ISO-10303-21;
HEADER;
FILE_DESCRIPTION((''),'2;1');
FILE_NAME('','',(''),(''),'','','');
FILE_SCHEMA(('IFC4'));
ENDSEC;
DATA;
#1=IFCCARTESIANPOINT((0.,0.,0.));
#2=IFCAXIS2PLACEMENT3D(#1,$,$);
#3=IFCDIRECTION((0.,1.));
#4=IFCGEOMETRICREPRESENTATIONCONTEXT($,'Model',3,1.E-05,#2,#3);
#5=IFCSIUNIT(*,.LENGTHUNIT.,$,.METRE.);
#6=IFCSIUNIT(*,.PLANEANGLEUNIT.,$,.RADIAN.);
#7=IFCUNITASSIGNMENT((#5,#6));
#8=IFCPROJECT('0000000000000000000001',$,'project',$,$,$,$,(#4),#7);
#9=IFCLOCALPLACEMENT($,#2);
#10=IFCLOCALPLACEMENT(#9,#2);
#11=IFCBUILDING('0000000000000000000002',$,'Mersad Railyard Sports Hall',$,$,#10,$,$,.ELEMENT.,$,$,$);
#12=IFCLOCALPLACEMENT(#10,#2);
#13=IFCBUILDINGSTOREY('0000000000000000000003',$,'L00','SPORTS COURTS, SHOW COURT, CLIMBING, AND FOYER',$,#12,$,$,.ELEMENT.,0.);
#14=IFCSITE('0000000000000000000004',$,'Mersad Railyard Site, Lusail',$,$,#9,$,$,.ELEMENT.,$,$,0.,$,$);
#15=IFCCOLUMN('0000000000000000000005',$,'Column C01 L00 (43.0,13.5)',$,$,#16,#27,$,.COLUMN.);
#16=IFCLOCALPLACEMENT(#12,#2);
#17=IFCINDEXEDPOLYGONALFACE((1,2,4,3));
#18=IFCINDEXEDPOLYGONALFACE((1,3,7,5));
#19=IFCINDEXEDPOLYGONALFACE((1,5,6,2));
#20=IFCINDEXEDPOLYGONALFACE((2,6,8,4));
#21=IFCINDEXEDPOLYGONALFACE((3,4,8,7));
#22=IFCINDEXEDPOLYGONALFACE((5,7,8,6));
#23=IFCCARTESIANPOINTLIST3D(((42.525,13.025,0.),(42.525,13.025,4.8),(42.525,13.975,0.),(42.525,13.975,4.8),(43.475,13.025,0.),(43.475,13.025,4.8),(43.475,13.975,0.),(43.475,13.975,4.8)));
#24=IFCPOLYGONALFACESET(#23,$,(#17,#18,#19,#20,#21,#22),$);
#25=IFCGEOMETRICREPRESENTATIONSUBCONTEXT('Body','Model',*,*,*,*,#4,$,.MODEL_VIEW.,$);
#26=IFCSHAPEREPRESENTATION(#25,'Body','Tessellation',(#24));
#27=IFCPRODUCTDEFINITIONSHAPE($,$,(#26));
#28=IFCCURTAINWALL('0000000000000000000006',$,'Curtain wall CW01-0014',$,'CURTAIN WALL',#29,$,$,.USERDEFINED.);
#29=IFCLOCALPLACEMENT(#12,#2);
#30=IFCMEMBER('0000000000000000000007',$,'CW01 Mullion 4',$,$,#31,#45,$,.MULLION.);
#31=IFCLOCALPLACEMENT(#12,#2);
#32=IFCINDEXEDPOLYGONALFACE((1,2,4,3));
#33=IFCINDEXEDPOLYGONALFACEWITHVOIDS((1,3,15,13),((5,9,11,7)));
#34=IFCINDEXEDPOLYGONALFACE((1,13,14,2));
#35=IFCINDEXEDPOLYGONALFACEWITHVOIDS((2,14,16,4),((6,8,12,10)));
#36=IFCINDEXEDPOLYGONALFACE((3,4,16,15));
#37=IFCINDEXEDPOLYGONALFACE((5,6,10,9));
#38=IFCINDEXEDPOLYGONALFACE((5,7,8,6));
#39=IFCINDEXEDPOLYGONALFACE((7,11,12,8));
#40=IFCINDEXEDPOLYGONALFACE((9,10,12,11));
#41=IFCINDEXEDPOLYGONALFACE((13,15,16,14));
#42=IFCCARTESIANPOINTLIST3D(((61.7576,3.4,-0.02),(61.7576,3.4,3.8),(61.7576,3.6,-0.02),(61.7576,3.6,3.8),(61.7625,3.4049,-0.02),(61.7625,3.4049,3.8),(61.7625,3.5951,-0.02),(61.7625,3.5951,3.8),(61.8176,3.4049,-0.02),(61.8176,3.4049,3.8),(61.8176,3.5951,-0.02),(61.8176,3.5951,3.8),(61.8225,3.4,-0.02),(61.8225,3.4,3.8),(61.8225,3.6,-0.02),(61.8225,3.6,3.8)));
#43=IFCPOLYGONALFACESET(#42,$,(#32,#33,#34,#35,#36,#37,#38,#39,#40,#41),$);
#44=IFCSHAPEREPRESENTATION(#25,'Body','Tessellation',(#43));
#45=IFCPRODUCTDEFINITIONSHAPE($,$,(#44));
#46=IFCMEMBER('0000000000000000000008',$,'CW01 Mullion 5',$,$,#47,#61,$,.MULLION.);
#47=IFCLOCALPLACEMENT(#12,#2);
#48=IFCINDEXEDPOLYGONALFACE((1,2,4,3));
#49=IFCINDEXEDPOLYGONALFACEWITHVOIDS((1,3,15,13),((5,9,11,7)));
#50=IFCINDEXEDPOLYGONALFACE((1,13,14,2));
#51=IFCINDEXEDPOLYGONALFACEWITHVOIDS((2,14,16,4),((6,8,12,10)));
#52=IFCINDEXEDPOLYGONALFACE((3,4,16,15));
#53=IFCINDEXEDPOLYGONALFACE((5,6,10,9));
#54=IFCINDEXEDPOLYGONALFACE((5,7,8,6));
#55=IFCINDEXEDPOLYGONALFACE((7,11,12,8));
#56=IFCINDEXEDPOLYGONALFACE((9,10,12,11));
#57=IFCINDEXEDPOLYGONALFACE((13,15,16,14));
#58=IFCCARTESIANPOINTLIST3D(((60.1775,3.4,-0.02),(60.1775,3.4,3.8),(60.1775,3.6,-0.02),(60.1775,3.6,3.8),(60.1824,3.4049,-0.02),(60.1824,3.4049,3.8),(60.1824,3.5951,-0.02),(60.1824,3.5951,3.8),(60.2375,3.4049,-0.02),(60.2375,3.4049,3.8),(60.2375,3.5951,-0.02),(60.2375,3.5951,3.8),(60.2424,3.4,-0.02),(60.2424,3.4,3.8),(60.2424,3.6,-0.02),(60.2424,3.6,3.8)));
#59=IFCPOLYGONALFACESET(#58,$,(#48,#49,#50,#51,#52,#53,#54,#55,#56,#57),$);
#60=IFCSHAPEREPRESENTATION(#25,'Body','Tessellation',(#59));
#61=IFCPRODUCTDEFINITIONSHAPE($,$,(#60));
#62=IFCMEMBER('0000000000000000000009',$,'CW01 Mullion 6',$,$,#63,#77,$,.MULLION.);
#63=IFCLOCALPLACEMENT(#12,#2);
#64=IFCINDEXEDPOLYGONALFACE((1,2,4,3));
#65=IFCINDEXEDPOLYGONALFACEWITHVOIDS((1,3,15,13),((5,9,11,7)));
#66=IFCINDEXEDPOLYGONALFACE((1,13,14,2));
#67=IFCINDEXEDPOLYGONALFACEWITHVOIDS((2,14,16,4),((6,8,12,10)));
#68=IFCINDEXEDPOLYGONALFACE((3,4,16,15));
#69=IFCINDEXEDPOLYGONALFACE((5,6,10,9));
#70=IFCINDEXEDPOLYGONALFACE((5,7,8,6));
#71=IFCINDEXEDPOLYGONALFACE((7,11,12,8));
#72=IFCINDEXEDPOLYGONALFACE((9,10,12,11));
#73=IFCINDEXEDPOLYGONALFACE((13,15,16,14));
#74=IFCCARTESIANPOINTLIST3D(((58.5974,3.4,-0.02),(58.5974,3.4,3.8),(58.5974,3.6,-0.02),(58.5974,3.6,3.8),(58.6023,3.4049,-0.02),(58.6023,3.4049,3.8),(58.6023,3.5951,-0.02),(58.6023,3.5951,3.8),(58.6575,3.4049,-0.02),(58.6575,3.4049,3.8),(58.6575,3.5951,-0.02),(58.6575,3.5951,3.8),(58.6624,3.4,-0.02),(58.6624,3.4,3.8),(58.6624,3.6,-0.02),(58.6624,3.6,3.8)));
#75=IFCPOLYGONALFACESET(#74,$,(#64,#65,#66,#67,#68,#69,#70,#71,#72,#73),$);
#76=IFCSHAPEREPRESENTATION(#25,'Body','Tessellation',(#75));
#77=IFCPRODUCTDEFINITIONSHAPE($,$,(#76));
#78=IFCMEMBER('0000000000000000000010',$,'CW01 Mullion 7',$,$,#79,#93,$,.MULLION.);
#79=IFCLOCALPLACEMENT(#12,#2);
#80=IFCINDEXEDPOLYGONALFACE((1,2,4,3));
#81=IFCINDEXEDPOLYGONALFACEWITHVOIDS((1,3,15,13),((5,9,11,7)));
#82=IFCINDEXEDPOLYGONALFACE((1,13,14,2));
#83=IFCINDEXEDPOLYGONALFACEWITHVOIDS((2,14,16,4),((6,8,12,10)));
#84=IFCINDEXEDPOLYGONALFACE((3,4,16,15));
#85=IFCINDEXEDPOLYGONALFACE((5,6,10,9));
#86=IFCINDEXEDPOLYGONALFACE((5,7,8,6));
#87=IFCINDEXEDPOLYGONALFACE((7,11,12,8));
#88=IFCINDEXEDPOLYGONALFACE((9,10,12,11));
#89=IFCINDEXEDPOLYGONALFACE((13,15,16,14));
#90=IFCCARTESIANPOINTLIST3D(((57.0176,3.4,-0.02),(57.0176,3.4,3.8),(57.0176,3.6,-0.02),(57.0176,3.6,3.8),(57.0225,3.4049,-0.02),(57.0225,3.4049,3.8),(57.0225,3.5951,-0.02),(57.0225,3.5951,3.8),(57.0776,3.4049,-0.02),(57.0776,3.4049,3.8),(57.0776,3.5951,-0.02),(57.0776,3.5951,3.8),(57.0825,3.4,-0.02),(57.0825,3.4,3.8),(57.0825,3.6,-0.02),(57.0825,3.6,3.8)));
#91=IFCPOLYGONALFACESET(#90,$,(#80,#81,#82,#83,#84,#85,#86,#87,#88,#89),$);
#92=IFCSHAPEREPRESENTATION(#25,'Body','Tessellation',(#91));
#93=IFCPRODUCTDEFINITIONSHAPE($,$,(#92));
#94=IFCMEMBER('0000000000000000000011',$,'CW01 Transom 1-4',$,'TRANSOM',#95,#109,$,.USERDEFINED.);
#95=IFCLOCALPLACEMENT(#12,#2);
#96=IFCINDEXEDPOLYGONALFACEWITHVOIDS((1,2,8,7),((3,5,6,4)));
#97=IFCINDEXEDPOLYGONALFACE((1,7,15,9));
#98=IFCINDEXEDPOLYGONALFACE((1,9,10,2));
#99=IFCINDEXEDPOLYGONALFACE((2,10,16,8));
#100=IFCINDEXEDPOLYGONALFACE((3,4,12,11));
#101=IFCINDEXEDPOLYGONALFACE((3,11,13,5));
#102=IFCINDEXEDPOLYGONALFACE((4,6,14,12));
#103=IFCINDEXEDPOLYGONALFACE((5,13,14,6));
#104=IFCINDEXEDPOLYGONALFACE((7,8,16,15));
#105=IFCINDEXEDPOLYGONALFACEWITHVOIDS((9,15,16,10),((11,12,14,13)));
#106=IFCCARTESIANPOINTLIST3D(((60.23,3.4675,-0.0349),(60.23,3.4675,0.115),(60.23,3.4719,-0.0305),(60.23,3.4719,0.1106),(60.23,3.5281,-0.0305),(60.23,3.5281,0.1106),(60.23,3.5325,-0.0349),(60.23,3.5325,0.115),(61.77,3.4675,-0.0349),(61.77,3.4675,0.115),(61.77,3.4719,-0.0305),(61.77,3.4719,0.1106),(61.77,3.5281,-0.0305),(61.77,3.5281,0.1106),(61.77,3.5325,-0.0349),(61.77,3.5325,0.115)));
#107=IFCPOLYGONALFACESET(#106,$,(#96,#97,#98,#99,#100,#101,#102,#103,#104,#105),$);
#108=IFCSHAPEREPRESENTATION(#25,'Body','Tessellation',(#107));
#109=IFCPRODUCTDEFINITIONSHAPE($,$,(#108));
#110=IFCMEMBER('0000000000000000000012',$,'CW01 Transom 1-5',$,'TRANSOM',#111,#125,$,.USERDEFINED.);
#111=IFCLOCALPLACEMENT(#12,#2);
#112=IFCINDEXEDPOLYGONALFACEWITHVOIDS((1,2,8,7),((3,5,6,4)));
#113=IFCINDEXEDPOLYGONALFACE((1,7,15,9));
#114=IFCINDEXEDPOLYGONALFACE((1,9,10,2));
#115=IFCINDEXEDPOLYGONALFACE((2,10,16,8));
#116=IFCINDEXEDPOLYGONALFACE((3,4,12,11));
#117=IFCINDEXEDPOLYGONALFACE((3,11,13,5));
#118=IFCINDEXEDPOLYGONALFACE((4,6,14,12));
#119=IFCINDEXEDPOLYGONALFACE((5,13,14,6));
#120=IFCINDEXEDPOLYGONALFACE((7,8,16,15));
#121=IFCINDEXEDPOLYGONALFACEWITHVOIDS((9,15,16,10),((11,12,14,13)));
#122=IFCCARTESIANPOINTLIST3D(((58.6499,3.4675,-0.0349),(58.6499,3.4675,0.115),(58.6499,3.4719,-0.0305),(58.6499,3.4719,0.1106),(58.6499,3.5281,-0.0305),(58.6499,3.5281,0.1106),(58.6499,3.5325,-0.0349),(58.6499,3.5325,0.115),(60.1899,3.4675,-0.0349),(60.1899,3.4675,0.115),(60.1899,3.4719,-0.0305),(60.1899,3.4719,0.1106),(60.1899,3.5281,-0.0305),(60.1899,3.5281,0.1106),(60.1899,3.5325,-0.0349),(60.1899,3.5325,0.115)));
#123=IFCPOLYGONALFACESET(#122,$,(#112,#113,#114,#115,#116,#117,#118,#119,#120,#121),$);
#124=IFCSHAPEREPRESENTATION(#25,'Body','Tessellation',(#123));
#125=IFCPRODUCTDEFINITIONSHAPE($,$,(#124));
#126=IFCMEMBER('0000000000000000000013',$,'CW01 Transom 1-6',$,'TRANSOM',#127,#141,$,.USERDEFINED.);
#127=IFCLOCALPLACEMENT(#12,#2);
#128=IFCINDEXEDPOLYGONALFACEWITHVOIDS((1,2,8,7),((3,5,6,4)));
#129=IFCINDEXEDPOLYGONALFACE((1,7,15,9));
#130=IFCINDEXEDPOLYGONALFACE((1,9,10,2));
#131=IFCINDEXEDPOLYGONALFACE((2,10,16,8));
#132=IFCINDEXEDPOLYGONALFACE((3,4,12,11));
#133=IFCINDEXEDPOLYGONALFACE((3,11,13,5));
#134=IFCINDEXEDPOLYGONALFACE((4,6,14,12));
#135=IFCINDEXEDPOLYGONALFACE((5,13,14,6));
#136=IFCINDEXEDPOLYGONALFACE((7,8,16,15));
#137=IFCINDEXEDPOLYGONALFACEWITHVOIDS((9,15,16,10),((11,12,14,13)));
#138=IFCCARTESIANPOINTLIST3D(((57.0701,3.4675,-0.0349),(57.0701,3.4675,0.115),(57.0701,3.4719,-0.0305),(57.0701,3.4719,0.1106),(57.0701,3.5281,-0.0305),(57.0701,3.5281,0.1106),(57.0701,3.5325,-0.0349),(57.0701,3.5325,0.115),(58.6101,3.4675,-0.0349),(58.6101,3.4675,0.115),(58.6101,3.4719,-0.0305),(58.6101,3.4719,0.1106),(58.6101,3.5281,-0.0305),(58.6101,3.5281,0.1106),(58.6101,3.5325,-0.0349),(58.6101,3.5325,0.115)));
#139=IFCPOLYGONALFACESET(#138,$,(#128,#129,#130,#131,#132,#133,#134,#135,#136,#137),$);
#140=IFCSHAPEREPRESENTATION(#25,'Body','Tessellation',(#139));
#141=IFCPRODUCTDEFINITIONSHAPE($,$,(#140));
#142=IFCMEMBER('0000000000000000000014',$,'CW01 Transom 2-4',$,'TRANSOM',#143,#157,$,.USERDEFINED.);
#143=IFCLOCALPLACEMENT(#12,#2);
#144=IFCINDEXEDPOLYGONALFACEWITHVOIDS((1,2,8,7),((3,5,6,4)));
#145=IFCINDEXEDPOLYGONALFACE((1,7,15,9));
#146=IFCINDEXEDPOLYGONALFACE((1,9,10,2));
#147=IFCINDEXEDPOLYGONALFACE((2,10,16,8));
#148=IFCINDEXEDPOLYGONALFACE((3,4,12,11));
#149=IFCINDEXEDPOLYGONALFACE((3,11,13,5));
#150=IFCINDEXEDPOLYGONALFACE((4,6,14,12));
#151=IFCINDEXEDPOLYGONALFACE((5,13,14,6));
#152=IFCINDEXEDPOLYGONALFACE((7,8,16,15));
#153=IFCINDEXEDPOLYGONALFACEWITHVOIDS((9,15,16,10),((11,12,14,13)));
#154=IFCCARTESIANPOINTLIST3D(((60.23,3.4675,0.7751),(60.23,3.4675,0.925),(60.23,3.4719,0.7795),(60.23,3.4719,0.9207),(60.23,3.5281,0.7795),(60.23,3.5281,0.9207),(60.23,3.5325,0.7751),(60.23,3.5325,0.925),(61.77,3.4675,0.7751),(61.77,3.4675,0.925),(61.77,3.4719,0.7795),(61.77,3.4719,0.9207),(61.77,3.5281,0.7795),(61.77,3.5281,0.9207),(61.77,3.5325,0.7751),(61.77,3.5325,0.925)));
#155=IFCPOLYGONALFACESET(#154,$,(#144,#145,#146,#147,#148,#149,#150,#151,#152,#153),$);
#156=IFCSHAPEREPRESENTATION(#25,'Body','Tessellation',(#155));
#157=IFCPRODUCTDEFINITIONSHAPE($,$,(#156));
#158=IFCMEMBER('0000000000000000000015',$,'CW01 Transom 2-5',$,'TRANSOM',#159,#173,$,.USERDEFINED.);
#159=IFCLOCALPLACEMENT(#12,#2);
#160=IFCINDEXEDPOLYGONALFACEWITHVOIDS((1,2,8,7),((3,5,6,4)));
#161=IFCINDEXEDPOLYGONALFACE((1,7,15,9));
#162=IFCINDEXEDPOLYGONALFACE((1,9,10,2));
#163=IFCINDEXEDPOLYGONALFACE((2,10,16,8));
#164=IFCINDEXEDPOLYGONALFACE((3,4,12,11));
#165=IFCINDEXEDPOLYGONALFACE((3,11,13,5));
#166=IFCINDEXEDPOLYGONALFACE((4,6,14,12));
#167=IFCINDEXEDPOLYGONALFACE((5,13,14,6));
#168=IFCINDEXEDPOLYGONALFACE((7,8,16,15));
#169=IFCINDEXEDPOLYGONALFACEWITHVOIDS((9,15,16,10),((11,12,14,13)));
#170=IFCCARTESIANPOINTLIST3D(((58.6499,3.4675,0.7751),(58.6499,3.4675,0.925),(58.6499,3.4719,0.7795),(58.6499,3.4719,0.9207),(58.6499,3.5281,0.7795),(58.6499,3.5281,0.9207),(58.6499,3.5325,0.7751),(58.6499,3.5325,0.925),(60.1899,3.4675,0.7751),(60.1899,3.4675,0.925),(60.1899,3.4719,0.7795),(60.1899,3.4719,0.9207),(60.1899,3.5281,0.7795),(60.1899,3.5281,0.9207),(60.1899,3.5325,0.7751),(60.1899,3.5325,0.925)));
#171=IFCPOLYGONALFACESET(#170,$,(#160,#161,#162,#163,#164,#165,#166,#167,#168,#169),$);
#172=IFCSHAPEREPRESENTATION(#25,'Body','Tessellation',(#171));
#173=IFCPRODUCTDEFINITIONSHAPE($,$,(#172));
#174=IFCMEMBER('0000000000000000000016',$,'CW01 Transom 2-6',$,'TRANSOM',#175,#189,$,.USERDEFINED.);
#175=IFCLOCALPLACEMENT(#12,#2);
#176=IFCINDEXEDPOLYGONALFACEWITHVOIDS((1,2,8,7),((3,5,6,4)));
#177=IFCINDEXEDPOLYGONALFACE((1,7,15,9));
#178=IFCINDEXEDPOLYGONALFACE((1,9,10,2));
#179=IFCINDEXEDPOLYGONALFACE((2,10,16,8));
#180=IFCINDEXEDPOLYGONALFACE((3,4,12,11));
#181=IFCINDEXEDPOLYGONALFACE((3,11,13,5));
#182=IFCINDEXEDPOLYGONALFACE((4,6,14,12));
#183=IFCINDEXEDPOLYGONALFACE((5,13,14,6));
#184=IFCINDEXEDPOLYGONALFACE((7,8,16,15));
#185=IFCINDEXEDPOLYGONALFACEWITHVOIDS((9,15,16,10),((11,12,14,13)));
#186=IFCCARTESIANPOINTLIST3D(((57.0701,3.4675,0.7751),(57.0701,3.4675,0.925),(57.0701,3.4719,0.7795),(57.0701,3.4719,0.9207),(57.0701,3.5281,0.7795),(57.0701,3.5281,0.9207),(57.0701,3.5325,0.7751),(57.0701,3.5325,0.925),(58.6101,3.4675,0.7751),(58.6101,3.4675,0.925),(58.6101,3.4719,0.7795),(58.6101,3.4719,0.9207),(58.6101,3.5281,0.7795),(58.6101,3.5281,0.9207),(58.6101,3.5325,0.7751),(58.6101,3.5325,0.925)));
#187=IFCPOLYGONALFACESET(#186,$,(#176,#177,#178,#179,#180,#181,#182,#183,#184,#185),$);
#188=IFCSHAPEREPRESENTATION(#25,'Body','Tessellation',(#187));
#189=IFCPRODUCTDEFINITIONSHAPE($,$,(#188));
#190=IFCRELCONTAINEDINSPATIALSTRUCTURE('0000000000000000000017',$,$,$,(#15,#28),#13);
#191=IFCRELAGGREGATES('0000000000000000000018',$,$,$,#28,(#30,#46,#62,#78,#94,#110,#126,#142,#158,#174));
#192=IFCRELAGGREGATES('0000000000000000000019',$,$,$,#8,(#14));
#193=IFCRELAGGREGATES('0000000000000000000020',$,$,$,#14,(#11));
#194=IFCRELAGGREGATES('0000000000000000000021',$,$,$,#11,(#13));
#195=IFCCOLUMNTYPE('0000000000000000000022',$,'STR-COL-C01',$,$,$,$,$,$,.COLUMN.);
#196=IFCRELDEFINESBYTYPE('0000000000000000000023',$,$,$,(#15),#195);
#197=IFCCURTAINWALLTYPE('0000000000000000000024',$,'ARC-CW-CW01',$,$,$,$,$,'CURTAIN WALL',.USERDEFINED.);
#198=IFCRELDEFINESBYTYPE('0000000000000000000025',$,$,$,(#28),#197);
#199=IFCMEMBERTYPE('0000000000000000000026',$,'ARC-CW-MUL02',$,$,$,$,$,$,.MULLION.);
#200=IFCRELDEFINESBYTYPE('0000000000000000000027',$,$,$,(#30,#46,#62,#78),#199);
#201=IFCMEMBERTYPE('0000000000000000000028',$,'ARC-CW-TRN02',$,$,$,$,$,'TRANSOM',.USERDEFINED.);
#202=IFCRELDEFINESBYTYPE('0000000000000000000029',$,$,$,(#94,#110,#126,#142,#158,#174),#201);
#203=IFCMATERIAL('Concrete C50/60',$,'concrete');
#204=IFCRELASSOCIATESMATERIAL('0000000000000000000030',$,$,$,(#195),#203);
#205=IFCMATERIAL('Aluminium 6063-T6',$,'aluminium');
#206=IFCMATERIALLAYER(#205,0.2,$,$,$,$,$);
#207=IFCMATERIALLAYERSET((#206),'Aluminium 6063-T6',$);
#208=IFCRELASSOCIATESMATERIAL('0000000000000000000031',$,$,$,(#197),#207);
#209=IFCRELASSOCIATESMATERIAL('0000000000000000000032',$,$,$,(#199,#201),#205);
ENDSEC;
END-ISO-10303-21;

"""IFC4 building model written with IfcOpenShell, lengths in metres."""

from ifc_helpers import new_model, si_unit, direction, frame, origin, origin_2d, place, context, subcontext, project, spatial, rectangle, hollow_rectangle, extrude, material, layer, layer_set, material_profile, profile_set, type_object, element, aggregate, save


model = new_model("IFC4")

# Units and contexts
model_context = context("Model", 3, precision=1e-05, world=origin(), true_north=direction((0.0, 1.0)))
body_context = subcontext(model_context, "Body", "Model", "MODEL_VIEW")
ifc_project = project(units=[si_unit("LENGTHUNIT", "METRE"), si_unit("PLANEANGLEUNIT", "RADIAN")], contexts=[model_context])

# Site, building, storey
site_placement = place(None, origin())
site = spatial("IfcSite", under=ifc_project, at=site_placement, Name="Mersad Railyard Site, Lusail", CompositionType="ELEMENT", RefElevation=0.0)
building_placement = place(site_placement, origin())
building = spatial("IfcBuilding", under=site, at=building_placement, Name="Mersad Railyard Sports Hall", CompositionType="ELEMENT")
storey_placement = place(building_placement, origin())
storey = spatial("IfcBuildingStorey", under=building, at=storey_placement, Name="L00", Description="SPORTS COURTS, SHOW COURT, CLIMBING, AND FOYER", CompositionType="ELEMENT", Elevation=0.0)

# Column
ifc_material_1 = material(Name="Concrete C50/60", Category="concrete")
ifc_material_profile_1 = material_profile(ifc_material_1, rectangle(XDim=0.95, YDim=0.95, at=origin_2d()), Name="RC 950x950")
ifc_profile_set_1 = profile_set([ifc_material_profile_1], Name="Concrete C50/60")
column_type = type_object("IfcColumnType", Name="STR-COL-C01", PredefinedType="COLUMN", material=ifc_profile_set_1)
column_placement = place(storey_placement, frame((43.0, 13.5, 0.0), z_axis=(0.0, 0.0, 1.0), x_axis=(1.0, 0.0, 0.0)))
element("IfcColumn", 1, at=column_placement, inside=storey, type_object=column_type, Name="Column C01 L00 (43.0,13.5)", PredefinedType="COLUMN", context=body_context, shape_type="SweptSolid", body=[
    extrude(rectangle(XDim=0.95, YDim=0.95, at=origin_2d()), origin(), (0.0, 0.0, 1.0), 4.8),
])

# Curtain wall, members
ifc_material_2 = material(Name="Aluminium 6063-T6", Category="aluminium")
ifc_layer_1 = layer(ifc_material_2, 0.2)
ifc_layer_set_1 = layer_set([ifc_layer_1], Name="Aluminium 6063-T6")
curtain_wall_type = type_object("IfcCurtainWallType", Name="ARC-CW-CW01", ElementType="CURTAIN WALL", PredefinedType="USERDEFINED", material=ifc_layer_set_1)
curtain_wall_placement = place(storey_placement, origin())
curtain_wall = element("IfcCurtainWall", 2, at=curtain_wall_placement, inside=storey, type_object=curtain_wall_type, Name="Curtain wall CW01-0014", ObjectType="CURTAIN WALL", PredefinedType="USERDEFINED")
ifc_material_profile_2 = material_profile(ifc_material_2, hollow_rectangle(XDim=0.0649, YDim=0.2, WallThickness=0.0049, at=origin_2d()), Name="AL MULLION 65x200x5")
ifc_profile_set_2 = profile_set([ifc_material_profile_2], Name="Aluminium 6063-T6")
member_type_1 = type_object("IfcMemberType", Name="ARC-CW-MUL02", PredefinedType="MULLION", material=ifc_profile_set_2)
member_1_placement = place(storey_placement, frame((61.79, 3.5, -0.02), z_axis=(0.0, 0.0, 1.0), x_axis=(1.0, 0.0, 0.0)))
member_1 = element("IfcMember", 3, at=member_1_placement, type_object=member_type_1, Name="CW01 Mullion 4", PredefinedType="MULLION", context=body_context, shape_type="SweptSolid", body=[
    extrude(hollow_rectangle(XDim=0.0649, YDim=0.2, WallThickness=0.0049, at=origin_2d()), origin(), (0.0, 0.0, 1.0), 3.8201),
])
member_2_placement = place(storey_placement, frame((60.21, 3.5, -0.02), z_axis=(0.0, 0.0, 1.0), x_axis=(1.0, 0.0, 0.0)))
member_2 = element("IfcMember", 4, at=member_2_placement, type_object=member_type_1, Name="CW01 Mullion 5", PredefinedType="MULLION", context=body_context, shape_type="SweptSolid", body=[
    extrude(hollow_rectangle(XDim=0.0649, YDim=0.2, WallThickness=0.0049, at=origin_2d()), origin(), (0.0, 0.0, 1.0), 3.8201),
])
member_3_placement = place(storey_placement, frame((58.6299, 3.5, -0.02), z_axis=(0.0, 0.0, 1.0), x_axis=(1.0, 0.0, 0.0)))
member_3 = element("IfcMember", 5, at=member_3_placement, type_object=member_type_1, Name="CW01 Mullion 6", PredefinedType="MULLION", context=body_context, shape_type="SweptSolid", body=[
    extrude(hollow_rectangle(XDim=0.0649, YDim=0.2, WallThickness=0.0049, at=origin_2d()), origin(), (0.0, 0.0, 1.0), 3.8201),
])
member_4_placement = place(storey_placement, frame((57.05, 3.5, -0.02), z_axis=(0.0, 0.0, 1.0), x_axis=(1.0, 0.0, 0.0)))
member_4 = element("IfcMember", 6, at=member_4_placement, type_object=member_type_1, Name="CW01 Mullion 7", PredefinedType="MULLION", context=body_context, shape_type="SweptSolid", body=[
    extrude(hollow_rectangle(XDim=0.0649, YDim=0.2, WallThickness=0.0049, at=origin_2d()), origin(), (0.0, 0.0, 1.0), 3.8201),
])
ifc_material_profile_3 = material_profile(ifc_material_2, hollow_rectangle(XDim=0.0649, YDim=0.1499, WallThickness=0.0044, at=origin_2d()), Name="AL TRANSOM 65x150x4.5")
ifc_profile_set_3 = profile_set([ifc_material_profile_3], Name="Aluminium 6063-T6")
member_type_2 = type_object("IfcMemberType", Name="ARC-CW-TRN02", ElementType="TRANSOM", PredefinedType="USERDEFINED", material=ifc_profile_set_3)
member_5_placement = place(storey_placement, frame((61.77, 3.5, 0.04), z_axis=(-1.0, 0.0, 0.0), x_axis=(0.0, -1.0, 0.0)))
member_5 = element("IfcMember", 7, at=member_5_placement, type_object=member_type_2, Name="CW01 Transom 1-4", ObjectType="TRANSOM", PredefinedType="USERDEFINED", context=body_context, shape_type="SweptSolid", body=[
    extrude(hollow_rectangle(XDim=0.0649, YDim=0.1499, WallThickness=0.0044, at=origin_2d()), origin(), (0.0, 0.0, 1.0), 1.54),
])
member_6_placement = place(storey_placement, frame((60.1899, 3.5, 0.04), z_axis=(-1.0, 0.0, 0.0), x_axis=(0.0, -1.0, 0.0)))
member_6 = element("IfcMember", 8, at=member_6_placement, type_object=member_type_2, Name="CW01 Transom 1-5", ObjectType="TRANSOM", PredefinedType="USERDEFINED", context=body_context, shape_type="SweptSolid", body=[
    extrude(hollow_rectangle(XDim=0.0649, YDim=0.1499, WallThickness=0.0044, at=origin_2d()), origin(), (0.0, 0.0, 1.0), 1.54),
])
member_7_placement = place(storey_placement, frame((58.6101, 3.5, 0.04), z_axis=(-1.0, 0.0, 0.0), x_axis=(0.0, -1.0, 0.0)))
member_7 = element("IfcMember", 9, at=member_7_placement, type_object=member_type_2, Name="CW01 Transom 1-6", ObjectType="TRANSOM", PredefinedType="USERDEFINED", context=body_context, shape_type="SweptSolid", body=[
    extrude(hollow_rectangle(XDim=0.0649, YDim=0.1499, WallThickness=0.0044, at=origin_2d()), origin(), (0.0, 0.0, 1.0), 1.54),
])
member_8_placement = place(storey_placement, frame((61.77, 3.5, 0.8501), z_axis=(-1.0, 0.0, 0.0), x_axis=(0.0, -1.0, 0.0)))
member_8 = element("IfcMember", 10, at=member_8_placement, type_object=member_type_2, Name="CW01 Transom 2-4", ObjectType="TRANSOM", PredefinedType="USERDEFINED", context=body_context, shape_type="SweptSolid", body=[
    extrude(hollow_rectangle(XDim=0.0649, YDim=0.1499, WallThickness=0.0044, at=origin_2d()), origin(), (0.0, 0.0, 1.0), 1.54),
])
member_9_placement = place(storey_placement, frame((60.1899, 3.5, 0.8501), z_axis=(-1.0, 0.0, 0.0), x_axis=(0.0, -1.0, 0.0)))
member_9 = element("IfcMember", 11, at=member_9_placement, type_object=member_type_2, Name="CW01 Transom 2-5", ObjectType="TRANSOM", PredefinedType="USERDEFINED", context=body_context, shape_type="SweptSolid", body=[
    extrude(hollow_rectangle(XDim=0.0649, YDim=0.1499, WallThickness=0.0044, at=origin_2d()), origin(), (0.0, 0.0, 1.0), 1.54),
])
member_10_placement = place(storey_placement, frame((58.6101, 3.5, 0.8501), z_axis=(-1.0, 0.0, 0.0), x_axis=(0.0, -1.0, 0.0)))
member_10 = element("IfcMember", 12, at=member_10_placement, type_object=member_type_2, Name="CW01 Transom 2-6", ObjectType="TRANSOM", PredefinedType="USERDEFINED", context=body_context, shape_type="SweptSolid", body=[
    extrude(hollow_rectangle(XDim=0.0649, YDim=0.1499, WallThickness=0.0044, at=origin_2d()), origin(), (0.0, 0.0, 1.0), 1.54),
])
aggregate(curtain_wall, [member_1, member_2, member_3, member_4, member_5, member_6, member_7, member_8, member_9, member_10])

save(model, "model.ifc")
